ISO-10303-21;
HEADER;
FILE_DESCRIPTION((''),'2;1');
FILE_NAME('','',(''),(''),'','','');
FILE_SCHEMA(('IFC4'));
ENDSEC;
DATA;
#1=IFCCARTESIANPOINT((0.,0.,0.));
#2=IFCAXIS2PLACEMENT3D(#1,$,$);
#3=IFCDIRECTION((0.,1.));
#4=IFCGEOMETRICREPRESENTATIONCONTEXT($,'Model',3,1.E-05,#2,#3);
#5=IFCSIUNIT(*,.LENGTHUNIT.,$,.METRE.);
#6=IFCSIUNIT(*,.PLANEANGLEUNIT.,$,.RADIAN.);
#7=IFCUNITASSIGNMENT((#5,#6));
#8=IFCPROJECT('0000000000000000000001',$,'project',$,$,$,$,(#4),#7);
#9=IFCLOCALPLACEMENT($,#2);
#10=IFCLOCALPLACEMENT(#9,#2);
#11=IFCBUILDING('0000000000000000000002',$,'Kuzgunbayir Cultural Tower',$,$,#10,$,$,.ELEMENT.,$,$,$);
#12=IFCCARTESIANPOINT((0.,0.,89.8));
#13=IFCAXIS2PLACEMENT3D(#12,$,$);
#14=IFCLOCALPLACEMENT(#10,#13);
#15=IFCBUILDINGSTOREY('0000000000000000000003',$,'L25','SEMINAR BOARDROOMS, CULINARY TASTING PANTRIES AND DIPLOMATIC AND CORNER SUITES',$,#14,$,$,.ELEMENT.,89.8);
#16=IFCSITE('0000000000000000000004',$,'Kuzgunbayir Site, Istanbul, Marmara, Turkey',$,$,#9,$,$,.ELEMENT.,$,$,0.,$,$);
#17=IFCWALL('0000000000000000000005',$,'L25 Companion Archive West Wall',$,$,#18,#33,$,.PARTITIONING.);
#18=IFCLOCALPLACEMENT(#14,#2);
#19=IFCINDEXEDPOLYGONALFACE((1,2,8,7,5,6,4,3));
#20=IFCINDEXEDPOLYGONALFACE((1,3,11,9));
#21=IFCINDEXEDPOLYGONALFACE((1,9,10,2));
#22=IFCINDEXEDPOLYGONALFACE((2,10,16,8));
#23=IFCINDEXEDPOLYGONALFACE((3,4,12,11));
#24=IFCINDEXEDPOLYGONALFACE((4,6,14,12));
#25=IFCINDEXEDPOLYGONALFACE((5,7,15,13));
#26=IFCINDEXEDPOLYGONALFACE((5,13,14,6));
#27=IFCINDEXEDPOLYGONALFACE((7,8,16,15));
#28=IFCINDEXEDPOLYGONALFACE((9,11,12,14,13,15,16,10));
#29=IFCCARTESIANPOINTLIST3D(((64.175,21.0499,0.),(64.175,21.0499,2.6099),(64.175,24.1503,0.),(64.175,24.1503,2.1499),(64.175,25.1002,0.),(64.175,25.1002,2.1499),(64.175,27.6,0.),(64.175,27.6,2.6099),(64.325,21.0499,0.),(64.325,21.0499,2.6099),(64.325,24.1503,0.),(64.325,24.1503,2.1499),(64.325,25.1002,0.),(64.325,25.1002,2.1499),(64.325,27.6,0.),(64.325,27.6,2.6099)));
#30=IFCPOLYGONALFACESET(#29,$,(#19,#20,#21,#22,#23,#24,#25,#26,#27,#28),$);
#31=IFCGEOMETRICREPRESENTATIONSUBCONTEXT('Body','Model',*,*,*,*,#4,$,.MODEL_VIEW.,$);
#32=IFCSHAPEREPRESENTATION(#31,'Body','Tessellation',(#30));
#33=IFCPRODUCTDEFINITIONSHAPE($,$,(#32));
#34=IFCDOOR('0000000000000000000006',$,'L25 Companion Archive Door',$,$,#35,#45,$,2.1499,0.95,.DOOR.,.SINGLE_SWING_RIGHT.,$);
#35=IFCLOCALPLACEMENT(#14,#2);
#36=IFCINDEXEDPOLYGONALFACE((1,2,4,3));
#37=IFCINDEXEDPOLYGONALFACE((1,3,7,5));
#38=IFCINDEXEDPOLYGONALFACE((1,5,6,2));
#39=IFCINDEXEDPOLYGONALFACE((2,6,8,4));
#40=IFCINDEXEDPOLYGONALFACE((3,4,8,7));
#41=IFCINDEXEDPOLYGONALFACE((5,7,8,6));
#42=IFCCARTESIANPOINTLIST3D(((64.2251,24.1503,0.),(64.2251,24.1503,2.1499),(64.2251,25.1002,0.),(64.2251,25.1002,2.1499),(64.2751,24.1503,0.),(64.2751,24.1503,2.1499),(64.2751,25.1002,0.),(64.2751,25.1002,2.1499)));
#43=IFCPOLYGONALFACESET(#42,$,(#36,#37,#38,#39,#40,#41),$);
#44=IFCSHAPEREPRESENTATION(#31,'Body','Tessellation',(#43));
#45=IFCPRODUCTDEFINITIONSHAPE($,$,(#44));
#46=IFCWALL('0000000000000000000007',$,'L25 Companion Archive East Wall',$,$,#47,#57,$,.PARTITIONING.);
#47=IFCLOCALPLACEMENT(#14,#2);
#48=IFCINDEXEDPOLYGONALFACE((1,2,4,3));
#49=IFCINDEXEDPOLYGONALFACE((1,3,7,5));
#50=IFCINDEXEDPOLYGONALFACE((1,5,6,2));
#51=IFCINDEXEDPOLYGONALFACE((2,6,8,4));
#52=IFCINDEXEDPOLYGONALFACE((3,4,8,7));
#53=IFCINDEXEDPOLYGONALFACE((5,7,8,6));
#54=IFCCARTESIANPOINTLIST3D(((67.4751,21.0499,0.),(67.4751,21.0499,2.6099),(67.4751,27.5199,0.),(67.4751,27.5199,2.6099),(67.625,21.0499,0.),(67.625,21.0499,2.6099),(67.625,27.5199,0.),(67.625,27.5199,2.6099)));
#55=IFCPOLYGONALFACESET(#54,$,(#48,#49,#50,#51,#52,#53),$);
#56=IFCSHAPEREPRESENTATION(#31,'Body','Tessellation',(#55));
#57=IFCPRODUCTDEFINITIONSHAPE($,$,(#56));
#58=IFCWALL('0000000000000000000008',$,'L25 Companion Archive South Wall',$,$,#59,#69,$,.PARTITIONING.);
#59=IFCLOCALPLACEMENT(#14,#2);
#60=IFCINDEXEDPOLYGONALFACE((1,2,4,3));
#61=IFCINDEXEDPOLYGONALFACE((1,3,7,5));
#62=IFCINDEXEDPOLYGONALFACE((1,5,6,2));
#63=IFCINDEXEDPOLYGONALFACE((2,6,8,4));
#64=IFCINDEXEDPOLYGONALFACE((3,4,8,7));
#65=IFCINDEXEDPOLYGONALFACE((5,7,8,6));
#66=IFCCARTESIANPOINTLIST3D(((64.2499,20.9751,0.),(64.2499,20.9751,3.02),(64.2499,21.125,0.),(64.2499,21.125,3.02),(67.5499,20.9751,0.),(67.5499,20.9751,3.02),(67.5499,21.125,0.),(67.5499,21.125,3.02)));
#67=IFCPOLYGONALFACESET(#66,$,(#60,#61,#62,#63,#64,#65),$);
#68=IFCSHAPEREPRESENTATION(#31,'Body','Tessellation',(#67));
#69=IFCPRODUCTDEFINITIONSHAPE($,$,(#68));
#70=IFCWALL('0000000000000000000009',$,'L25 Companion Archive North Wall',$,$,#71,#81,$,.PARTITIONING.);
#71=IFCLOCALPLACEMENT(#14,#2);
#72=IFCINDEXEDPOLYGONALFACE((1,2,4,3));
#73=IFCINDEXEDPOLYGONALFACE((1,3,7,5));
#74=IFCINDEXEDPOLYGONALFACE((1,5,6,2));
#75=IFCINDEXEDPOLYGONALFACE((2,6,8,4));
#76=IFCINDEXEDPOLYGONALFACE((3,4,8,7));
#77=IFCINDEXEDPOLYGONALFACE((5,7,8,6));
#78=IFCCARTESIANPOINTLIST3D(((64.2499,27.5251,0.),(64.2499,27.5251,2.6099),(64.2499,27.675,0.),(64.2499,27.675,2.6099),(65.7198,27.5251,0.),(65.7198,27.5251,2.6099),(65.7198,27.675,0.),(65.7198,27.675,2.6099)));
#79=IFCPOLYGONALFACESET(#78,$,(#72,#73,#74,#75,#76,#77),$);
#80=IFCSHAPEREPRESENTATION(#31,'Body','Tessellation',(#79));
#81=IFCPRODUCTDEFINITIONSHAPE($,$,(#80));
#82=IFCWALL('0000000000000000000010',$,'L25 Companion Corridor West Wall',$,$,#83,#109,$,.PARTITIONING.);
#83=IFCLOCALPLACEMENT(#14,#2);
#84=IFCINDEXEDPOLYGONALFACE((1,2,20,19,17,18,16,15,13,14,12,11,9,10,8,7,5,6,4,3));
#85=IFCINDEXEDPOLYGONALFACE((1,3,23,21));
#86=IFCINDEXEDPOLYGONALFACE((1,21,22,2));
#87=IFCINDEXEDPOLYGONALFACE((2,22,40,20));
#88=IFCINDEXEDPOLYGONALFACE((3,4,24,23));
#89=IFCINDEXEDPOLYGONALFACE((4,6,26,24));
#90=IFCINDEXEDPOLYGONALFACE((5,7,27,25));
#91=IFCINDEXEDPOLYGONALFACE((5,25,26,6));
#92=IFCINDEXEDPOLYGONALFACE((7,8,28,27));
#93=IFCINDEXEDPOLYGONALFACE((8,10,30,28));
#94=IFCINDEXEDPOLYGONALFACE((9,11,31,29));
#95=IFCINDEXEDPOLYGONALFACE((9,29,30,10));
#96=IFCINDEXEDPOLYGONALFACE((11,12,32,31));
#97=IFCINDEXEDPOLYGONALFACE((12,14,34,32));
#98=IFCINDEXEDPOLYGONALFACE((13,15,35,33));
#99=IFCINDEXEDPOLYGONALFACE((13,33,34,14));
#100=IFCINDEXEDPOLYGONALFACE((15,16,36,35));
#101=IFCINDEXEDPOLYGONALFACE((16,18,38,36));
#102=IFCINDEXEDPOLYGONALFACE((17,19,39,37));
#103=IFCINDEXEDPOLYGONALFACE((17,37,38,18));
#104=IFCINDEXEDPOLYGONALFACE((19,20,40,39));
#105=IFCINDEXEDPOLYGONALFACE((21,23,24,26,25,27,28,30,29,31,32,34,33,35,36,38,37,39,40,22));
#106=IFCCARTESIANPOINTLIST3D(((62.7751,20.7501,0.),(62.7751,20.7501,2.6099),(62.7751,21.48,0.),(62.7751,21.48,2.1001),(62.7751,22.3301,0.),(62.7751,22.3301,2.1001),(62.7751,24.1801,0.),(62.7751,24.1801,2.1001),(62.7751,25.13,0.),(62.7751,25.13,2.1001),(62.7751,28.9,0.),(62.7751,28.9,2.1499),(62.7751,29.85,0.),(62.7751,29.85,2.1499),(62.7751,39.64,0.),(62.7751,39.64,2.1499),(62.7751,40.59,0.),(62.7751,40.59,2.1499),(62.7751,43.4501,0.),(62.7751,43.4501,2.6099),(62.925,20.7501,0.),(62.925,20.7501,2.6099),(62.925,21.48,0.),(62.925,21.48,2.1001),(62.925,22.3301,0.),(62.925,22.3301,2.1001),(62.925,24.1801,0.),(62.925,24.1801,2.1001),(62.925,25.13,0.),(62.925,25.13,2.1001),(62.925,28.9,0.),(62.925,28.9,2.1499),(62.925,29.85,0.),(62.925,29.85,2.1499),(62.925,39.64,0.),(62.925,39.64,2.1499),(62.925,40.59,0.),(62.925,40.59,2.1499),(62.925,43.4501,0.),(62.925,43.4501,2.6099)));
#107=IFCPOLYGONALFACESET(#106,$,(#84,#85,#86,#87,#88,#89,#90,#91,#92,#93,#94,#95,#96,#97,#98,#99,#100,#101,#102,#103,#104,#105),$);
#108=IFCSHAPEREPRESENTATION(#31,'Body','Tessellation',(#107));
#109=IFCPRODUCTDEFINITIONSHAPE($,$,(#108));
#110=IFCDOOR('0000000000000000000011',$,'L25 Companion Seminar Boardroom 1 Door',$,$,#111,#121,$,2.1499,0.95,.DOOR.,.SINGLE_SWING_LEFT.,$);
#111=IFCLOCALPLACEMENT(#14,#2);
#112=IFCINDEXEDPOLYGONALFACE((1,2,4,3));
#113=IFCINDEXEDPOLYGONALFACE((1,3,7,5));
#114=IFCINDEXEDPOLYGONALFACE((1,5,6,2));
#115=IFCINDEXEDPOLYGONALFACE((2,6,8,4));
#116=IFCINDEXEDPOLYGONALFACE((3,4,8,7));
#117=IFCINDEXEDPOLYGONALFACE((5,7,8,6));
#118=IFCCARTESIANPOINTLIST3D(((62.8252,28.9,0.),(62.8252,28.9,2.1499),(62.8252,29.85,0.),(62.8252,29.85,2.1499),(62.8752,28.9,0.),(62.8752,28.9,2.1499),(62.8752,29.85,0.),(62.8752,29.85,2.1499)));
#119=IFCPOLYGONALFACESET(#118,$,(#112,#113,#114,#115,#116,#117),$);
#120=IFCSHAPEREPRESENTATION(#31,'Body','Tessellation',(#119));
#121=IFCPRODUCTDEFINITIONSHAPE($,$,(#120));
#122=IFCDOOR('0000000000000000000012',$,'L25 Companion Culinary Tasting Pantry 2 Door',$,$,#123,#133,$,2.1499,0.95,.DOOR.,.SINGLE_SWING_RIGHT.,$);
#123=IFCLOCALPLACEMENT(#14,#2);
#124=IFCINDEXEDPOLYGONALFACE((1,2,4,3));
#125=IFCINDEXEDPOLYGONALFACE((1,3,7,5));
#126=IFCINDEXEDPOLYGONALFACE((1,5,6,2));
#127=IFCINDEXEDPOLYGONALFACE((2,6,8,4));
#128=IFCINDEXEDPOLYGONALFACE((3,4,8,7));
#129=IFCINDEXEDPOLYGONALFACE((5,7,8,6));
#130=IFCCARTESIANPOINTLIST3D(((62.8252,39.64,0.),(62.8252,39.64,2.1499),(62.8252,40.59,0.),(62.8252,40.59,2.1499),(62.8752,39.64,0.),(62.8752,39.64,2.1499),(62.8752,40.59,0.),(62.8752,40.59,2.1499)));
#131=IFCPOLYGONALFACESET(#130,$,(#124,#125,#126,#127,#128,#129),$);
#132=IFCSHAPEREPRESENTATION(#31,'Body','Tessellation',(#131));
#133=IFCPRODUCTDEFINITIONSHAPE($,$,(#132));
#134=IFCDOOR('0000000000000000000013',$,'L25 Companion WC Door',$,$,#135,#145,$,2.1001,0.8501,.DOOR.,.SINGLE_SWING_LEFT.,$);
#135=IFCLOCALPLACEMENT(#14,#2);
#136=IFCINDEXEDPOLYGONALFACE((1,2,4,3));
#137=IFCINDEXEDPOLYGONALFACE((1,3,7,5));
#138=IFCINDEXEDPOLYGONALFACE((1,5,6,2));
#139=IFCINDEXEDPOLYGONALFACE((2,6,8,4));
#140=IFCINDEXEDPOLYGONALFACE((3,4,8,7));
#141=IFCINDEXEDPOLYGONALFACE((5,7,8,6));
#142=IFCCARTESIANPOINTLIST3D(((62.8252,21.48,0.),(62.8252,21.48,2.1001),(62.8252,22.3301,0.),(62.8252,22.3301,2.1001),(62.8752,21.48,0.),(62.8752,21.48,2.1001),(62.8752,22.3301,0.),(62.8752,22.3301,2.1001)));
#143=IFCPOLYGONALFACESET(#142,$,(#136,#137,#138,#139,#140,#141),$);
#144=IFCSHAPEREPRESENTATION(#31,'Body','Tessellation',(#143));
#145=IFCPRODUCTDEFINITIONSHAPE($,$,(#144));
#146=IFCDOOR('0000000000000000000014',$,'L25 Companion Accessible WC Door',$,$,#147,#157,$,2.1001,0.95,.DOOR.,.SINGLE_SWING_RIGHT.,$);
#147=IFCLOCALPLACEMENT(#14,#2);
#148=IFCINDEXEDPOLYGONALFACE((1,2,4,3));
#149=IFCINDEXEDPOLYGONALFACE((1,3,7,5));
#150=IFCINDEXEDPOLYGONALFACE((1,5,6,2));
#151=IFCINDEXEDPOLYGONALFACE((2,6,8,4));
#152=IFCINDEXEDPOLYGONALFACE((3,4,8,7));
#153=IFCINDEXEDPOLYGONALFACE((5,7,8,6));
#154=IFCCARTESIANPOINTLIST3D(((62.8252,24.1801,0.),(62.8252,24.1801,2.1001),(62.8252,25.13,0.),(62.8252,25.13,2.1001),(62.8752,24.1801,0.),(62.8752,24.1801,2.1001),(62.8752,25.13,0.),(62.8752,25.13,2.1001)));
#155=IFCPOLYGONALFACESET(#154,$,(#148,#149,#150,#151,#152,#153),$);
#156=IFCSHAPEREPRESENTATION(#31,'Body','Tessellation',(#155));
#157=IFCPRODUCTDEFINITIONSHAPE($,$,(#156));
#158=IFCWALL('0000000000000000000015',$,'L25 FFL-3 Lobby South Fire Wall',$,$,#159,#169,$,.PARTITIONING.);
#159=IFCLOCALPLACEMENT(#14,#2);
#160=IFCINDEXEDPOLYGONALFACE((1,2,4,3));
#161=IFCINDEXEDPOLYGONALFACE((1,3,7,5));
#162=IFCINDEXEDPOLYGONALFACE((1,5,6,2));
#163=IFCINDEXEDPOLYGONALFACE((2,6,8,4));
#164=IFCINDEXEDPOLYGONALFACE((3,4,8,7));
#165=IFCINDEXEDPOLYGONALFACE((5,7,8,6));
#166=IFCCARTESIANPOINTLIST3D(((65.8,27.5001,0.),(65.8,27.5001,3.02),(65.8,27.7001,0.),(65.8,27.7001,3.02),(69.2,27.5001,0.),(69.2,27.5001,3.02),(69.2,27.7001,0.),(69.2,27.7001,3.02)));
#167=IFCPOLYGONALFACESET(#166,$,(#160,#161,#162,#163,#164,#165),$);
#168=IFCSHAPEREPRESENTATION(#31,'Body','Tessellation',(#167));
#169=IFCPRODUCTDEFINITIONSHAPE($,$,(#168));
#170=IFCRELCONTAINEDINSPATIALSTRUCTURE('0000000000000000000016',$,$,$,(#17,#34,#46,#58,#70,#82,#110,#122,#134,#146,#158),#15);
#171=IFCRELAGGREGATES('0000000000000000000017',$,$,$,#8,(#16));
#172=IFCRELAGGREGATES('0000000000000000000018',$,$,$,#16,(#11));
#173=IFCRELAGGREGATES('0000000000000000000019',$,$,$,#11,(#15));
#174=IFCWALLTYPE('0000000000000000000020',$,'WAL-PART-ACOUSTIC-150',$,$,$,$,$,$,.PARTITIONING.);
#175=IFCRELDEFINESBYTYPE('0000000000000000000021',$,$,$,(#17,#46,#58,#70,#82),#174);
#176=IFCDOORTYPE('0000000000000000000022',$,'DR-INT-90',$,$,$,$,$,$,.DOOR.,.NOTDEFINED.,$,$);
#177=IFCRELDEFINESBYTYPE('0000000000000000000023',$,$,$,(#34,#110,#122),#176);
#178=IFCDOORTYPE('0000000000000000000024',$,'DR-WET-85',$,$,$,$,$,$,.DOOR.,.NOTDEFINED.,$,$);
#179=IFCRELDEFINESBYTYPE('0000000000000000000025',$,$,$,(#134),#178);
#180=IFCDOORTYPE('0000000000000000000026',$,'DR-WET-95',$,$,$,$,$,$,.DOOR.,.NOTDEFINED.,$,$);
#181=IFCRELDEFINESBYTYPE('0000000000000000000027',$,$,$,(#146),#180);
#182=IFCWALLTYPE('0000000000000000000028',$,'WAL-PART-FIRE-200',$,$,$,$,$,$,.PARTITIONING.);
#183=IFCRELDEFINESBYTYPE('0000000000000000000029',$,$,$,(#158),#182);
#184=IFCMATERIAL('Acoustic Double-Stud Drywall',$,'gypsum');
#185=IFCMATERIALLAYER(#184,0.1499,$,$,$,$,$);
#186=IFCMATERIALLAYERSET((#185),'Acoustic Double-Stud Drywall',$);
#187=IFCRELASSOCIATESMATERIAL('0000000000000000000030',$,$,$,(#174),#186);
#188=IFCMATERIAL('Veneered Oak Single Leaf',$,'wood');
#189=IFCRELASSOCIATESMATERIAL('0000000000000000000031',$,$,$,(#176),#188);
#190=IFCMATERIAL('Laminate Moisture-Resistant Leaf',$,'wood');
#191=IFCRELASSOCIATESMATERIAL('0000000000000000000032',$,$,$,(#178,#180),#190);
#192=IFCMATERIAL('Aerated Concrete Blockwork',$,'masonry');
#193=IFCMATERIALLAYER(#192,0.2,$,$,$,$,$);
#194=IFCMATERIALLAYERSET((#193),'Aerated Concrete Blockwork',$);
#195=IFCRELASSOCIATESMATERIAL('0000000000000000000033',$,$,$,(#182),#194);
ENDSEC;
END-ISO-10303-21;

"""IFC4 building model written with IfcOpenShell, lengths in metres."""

from ifc_helpers import new_model, si_unit, direction, frame, frame_2d, origin, place, context, subcontext, project, spatial, rectangle, extrude, material, layer, layer_set, type_object, element, fill, save


model = new_model("IFC4")

# Units and contexts
model_context = context("Model", 3, precision=1e-05, world=origin(), true_north=direction((0.0, 1.0)))
body_context = subcontext(model_context, "Body", "Model", "MODEL_VIEW")
ifc_project = project(units=[si_unit("LENGTHUNIT", "METRE"), si_unit("PLANEANGLEUNIT", "RADIAN")], contexts=[model_context])

# Site, building, storey
site_placement = place(None, origin())
site = spatial("IfcSite", under=ifc_project, at=site_placement, Name="Kuzgunbayir Site, Istanbul, Marmara, Turkey", CompositionType="ELEMENT", RefElevation=0.0)
building_placement = place(site_placement, origin())
building = spatial("IfcBuilding", under=site, at=building_placement, Name="Kuzgunbayir Cultural Tower", CompositionType="ELEMENT")
storey_placement = place(building_placement, frame((0.0, 0.0, 89.8)))
storey = spatial("IfcBuildingStorey", under=building, at=storey_placement, Name="L25", Description="SEMINAR BOARDROOMS, CULINARY TASTING PANTRIES AND DIPLOMATIC AND CORNER SUITES", CompositionType="ELEMENT", Elevation=89.8)

# Wall, opening, door
ifc_material_1 = material(Name="Acoustic Double-Stud Drywall", Category="gypsum")
ifc_layer_1 = layer(ifc_material_1, 0.1499)
ifc_layer_set_1 = layer_set([ifc_layer_1], Name="Acoustic Double-Stud Drywall")
wall_type_1 = type_object("IfcWallType", Name="WAL-PART-ACOUSTIC-150", PredefinedType="PARTITIONING", material=ifc_layer_set_1)
wall_1_placement = place(storey_placement, frame((64.25, 21.05, 0.0), z_axis=(0.0, 0.0, 1.0), x_axis=(0.0, 1.0, 0.0)))
wall_1 = element("IfcWall", 1, at=wall_1_placement, inside=storey, type_object=wall_type_1, Name="L25 Companion Archive West Wall", PredefinedType="PARTITIONING", context=body_context, shape_type="SweptSolid", body=[
    extrude(rectangle(XDim=6.55, YDim=0.1499, at=frame_2d((3.2749, 0.0))), origin(), (0.0, 0.0, 1.0), 2.6099),
])
opening_1_placement = place(wall_1_placement, frame((3.1001, 0.0, 0.0)))
opening_1 = element("IfcOpeningElement", 2, at=opening_1_placement, cuts=wall_1, PredefinedType="OPENING", context=body_context, shape_type="SweptSolid", body=[
    extrude(rectangle(XDim=0.95, YDim=2.1499, at=frame_2d((0.4751, 1.075))), frame((0.0, 0.085, 0.0), z_axis=(0.0, -1.0, 0.0), x_axis=(1.0, 0.0, 0.0)), (0.0, 0.0, 1.0), 0.1699),
])
ifc_material_2 = material(Name="Veneered Oak Single Leaf", Category="wood")
door_type_1 = type_object("IfcDoorType", Name="DR-INT-90", OperationType="NOTDEFINED", PredefinedType="DOOR", material=ifc_material_2)
door_1_placement = place(opening_1_placement, origin())
door_1 = element("IfcDoor", 3, at=door_1_placement, inside=storey, type_object=door_type_1, Name="L25 Companion Archive Door", OperationType="SINGLE_SWING_RIGHT", OverallHeight=2.1499, OverallWidth=0.95, PredefinedType="DOOR", context=body_context, shape_type="SweptSolid", body=[
    extrude(rectangle(XDim=0.95, YDim=2.1499, at=frame_2d((0.4751, 1.075))), frame((0.0, 0.0249, 0.0), z_axis=(0.0, -1.0, 0.0), x_axis=(1.0, 0.0, 0.0)), (0.0, 0.0, 1.0), 0.05),
])
fill(opening_1, door_1)

# Walls
wall_2_placement = place(storey_placement, frame((67.55, 21.05, 0.0), z_axis=(0.0, 0.0, 1.0), x_axis=(0.0, 1.0, 0.0)))
element("IfcWall", 4, at=wall_2_placement, inside=storey, type_object=wall_type_1, Name="L25 Companion Archive East Wall", PredefinedType="PARTITIONING", context=body_context, shape_type="SweptSolid", body=[
    extrude(rectangle(XDim=6.47, YDim=0.1499, at=frame_2d((3.2349, 0.0))), origin(), (0.0, 0.0, 1.0), 2.6099),
])
wall_3_placement = place(storey_placement, frame((64.25, 21.05, 0.0), z_axis=(0.0, 0.0, 1.0), x_axis=(1.0, 0.0, 0.0)))
element("IfcWall", 5, at=wall_3_placement, inside=storey, type_object=wall_type_1, Name="L25 Companion Archive South Wall", PredefinedType="PARTITIONING", context=body_context, shape_type="SweptSolid", body=[
    extrude(rectangle(XDim=3.3, YDim=0.1499, at=frame_2d((1.6499, 0.0))), origin(), (0.0, 0.0, 1.0), 3.02),
])
wall_4_placement = place(storey_placement, frame((64.25, 27.6001, 0.0), z_axis=(0.0, 0.0, 1.0), x_axis=(1.0, 0.0, 0.0)))
element("IfcWall", 6, at=wall_4_placement, inside=storey, type_object=wall_type_1, Name="L25 Companion Archive North Wall", PredefinedType="PARTITIONING", context=body_context, shape_type="SweptSolid", body=[
    extrude(rectangle(XDim=1.47, YDim=0.1499, at=frame_2d((0.7349, 0.0))), origin(), (0.0, 0.0, 1.0), 2.6099),
])

# Wall, openings, doors
wall_5_placement = place(storey_placement, frame((62.8501, 20.75, 0.0), z_axis=(0.0, 0.0, 1.0), x_axis=(0.0, 1.0, 0.0)))
wall_5 = element("IfcWall", 7, at=wall_5_placement, inside=storey, type_object=wall_type_1, Name="L25 Companion Corridor West Wall", PredefinedType="PARTITIONING", context=body_context, shape_type="SweptSolid", body=[
    extrude(rectangle(XDim=22.7, YDim=0.1499, at=frame_2d((11.3501, 0.0))), origin(), (0.0, 0.0, 1.0), 2.6099),
])
opening_2_placement = place(wall_5_placement, frame((0.73, 0.0, 0.0)))
opening_2 = element("IfcOpeningElement", 8, at=opening_2_placement, cuts=wall_5, PredefinedType="OPENING", context=body_context, shape_type="SweptSolid", body=[
    extrude(rectangle(XDim=0.8501, YDim=2.1001, at=frame_2d((0.425, 1.05))), frame((0.0, 0.085, 0.0), z_axis=(0.0, -1.0, 0.0), x_axis=(1.0, 0.0, 0.0)), (0.0, 0.0, 1.0), 0.1699),
])
opening_3_placement = place(wall_5_placement, frame((3.4299, 0.0, 0.0)))
opening_3 = element("IfcOpeningElement", 9, at=opening_3_placement, cuts=wall_5, PredefinedType="OPENING", context=body_context, shape_type="SweptSolid", body=[
    extrude(rectangle(XDim=0.95, YDim=2.1001, at=frame_2d((0.4751, 1.05))), frame((0.0, 0.085, 0.0), z_axis=(0.0, -1.0, 0.0), x_axis=(1.0, 0.0, 0.0)), (0.0, 0.0, 1.0), 0.1699),
])
opening_4_placement = place(wall_5_placement, frame((8.1499, 0.0, 0.0)))
opening_4 = element("IfcOpeningElement", 10, at=opening_4_placement, cuts=wall_5, PredefinedType="OPENING", context=body_context, shape_type="SweptSolid", body=[
    extrude(rectangle(XDim=0.95, YDim=2.1499, at=frame_2d((0.4751, 1.075))), frame((0.0, 0.085, 0.0), z_axis=(0.0, -1.0, 0.0), x_axis=(1.0, 0.0, 0.0)), (0.0, 0.0, 1.0), 0.1699),
])
opening_5_placement = place(wall_5_placement, frame((18.8899, 0.0, 0.0)))
opening_5 = element("IfcOpeningElement", 11, at=opening_5_placement, cuts=wall_5, PredefinedType="OPENING", context=body_context, shape_type="SweptSolid", body=[
    extrude(rectangle(XDim=0.95, YDim=2.1499, at=frame_2d((0.4751, 1.075))), frame((0.0, 0.085, 0.0), z_axis=(0.0, -1.0, 0.0), x_axis=(1.0, 0.0, 0.0)), (0.0, 0.0, 1.0), 0.1699),
])
door_2_placement = place(opening_4_placement, origin())
door_2 = element("IfcDoor", 12, at=door_2_placement, inside=storey, type_object=door_type_1, Name="L25 Companion Seminar Boardroom 1 Door", OperationType="SINGLE_SWING_LEFT", OverallHeight=2.1499, OverallWidth=0.95, PredefinedType="DOOR", context=body_context, shape_type="SweptSolid", body=[
    extrude(rectangle(XDim=0.95, YDim=2.1499, at=frame_2d((0.4751, 1.075))), frame((0.0, 0.0249, 0.0), z_axis=(0.0, -1.0, 0.0), x_axis=(1.0, 0.0, 0.0)), (0.0, 0.0, 1.0), 0.05),
])
fill(opening_4, door_2)
door_3_placement = place(opening_5_placement, origin())
door_3 = element("IfcDoor", 13, at=door_3_placement, inside=storey, type_object=door_type_1, Name="L25 Companion Culinary Tasting Pantry 2 Door", OperationType="SINGLE_SWING_RIGHT", OverallHeight=2.1499, OverallWidth=0.95, PredefinedType="DOOR", context=body_context, shape_type="SweptSolid", body=[
    extrude(rectangle(XDim=0.95, YDim=2.1499, at=frame_2d((0.4751, 1.075))), frame((0.0, 0.0249, 0.0), z_axis=(0.0, -1.0, 0.0), x_axis=(1.0, 0.0, 0.0)), (0.0, 0.0, 1.0), 0.05),
])
fill(opening_5, door_3)
ifc_material_3 = material(Name="Laminate Moisture-Resistant Leaf", Category="wood")
door_type_2 = type_object("IfcDoorType", Name="DR-WET-85", OperationType="NOTDEFINED", PredefinedType="DOOR", material=ifc_material_3)
door_4_placement = place(opening_2_placement, origin())
door_4 = element("IfcDoor", 14, at=door_4_placement, inside=storey, type_object=door_type_2, Name="L25 Companion WC Door", OperationType="SINGLE_SWING_LEFT", OverallHeight=2.1001, OverallWidth=0.8501, PredefinedType="DOOR", context=body_context, shape_type="SweptSolid", body=[
    extrude(rectangle(XDim=0.8501, YDim=2.1001, at=frame_2d((0.425, 1.05))), frame((0.0, 0.0249, 0.0), z_axis=(0.0, -1.0, 0.0), x_axis=(1.0, 0.0, 0.0)), (0.0, 0.0, 1.0), 0.05),
])
fill(opening_2, door_4)
door_type_3 = type_object("IfcDoorType", Name="DR-WET-95", OperationType="NOTDEFINED", PredefinedType="DOOR", material=ifc_material_3)
door_5_placement = place(opening_3_placement, origin())
door_5 = element("IfcDoor", 15, at=door_5_placement, inside=storey, type_object=door_type_3, Name="L25 Companion Accessible WC Door", OperationType="SINGLE_SWING_RIGHT", OverallHeight=2.1001, OverallWidth=0.95, PredefinedType="DOOR", context=body_context, shape_type="SweptSolid", body=[
    extrude(rectangle(XDim=0.95, YDim=2.1001, at=frame_2d((0.4751, 1.05))), frame((0.0, 0.0249, 0.0), z_axis=(0.0, -1.0, 0.0), x_axis=(1.0, 0.0, 0.0)), (0.0, 0.0, 1.0), 0.05),
])
fill(opening_3, door_5)

# Shared definitions
ifc_material_4 = material(Name="Aerated Concrete Blockwork", Category="masonry")
ifc_layer_2 = layer(ifc_material_4, 0.2)
ifc_layer_set_2 = layer_set([ifc_layer_2], Name="Aerated Concrete Blockwork")
wall_type_2 = type_object("IfcWallType", Name="WAL-PART-FIRE-200", PredefinedType="PARTITIONING", material=ifc_layer_set_2)

# Wall
wall_6_placement = place(storey_placement, frame((65.8, 27.6001, 0.0), z_axis=(0.0, 0.0, 1.0), x_axis=(1.0, 0.0, 0.0)))
element("IfcWall", 16, at=wall_6_placement, inside=storey, type_object=wall_type_2, Name="L25 FFL-3 Lobby South Fire Wall", PredefinedType="PARTITIONING", context=body_context, shape_type="SweptSolid", body=[
    extrude(rectangle(XDim=3.3999, YDim=0.2, at=frame_2d((1.7, 0.0))), origin(), (0.0, 0.0, 1.0), 3.02),
])

save(model, "model.ifc")
